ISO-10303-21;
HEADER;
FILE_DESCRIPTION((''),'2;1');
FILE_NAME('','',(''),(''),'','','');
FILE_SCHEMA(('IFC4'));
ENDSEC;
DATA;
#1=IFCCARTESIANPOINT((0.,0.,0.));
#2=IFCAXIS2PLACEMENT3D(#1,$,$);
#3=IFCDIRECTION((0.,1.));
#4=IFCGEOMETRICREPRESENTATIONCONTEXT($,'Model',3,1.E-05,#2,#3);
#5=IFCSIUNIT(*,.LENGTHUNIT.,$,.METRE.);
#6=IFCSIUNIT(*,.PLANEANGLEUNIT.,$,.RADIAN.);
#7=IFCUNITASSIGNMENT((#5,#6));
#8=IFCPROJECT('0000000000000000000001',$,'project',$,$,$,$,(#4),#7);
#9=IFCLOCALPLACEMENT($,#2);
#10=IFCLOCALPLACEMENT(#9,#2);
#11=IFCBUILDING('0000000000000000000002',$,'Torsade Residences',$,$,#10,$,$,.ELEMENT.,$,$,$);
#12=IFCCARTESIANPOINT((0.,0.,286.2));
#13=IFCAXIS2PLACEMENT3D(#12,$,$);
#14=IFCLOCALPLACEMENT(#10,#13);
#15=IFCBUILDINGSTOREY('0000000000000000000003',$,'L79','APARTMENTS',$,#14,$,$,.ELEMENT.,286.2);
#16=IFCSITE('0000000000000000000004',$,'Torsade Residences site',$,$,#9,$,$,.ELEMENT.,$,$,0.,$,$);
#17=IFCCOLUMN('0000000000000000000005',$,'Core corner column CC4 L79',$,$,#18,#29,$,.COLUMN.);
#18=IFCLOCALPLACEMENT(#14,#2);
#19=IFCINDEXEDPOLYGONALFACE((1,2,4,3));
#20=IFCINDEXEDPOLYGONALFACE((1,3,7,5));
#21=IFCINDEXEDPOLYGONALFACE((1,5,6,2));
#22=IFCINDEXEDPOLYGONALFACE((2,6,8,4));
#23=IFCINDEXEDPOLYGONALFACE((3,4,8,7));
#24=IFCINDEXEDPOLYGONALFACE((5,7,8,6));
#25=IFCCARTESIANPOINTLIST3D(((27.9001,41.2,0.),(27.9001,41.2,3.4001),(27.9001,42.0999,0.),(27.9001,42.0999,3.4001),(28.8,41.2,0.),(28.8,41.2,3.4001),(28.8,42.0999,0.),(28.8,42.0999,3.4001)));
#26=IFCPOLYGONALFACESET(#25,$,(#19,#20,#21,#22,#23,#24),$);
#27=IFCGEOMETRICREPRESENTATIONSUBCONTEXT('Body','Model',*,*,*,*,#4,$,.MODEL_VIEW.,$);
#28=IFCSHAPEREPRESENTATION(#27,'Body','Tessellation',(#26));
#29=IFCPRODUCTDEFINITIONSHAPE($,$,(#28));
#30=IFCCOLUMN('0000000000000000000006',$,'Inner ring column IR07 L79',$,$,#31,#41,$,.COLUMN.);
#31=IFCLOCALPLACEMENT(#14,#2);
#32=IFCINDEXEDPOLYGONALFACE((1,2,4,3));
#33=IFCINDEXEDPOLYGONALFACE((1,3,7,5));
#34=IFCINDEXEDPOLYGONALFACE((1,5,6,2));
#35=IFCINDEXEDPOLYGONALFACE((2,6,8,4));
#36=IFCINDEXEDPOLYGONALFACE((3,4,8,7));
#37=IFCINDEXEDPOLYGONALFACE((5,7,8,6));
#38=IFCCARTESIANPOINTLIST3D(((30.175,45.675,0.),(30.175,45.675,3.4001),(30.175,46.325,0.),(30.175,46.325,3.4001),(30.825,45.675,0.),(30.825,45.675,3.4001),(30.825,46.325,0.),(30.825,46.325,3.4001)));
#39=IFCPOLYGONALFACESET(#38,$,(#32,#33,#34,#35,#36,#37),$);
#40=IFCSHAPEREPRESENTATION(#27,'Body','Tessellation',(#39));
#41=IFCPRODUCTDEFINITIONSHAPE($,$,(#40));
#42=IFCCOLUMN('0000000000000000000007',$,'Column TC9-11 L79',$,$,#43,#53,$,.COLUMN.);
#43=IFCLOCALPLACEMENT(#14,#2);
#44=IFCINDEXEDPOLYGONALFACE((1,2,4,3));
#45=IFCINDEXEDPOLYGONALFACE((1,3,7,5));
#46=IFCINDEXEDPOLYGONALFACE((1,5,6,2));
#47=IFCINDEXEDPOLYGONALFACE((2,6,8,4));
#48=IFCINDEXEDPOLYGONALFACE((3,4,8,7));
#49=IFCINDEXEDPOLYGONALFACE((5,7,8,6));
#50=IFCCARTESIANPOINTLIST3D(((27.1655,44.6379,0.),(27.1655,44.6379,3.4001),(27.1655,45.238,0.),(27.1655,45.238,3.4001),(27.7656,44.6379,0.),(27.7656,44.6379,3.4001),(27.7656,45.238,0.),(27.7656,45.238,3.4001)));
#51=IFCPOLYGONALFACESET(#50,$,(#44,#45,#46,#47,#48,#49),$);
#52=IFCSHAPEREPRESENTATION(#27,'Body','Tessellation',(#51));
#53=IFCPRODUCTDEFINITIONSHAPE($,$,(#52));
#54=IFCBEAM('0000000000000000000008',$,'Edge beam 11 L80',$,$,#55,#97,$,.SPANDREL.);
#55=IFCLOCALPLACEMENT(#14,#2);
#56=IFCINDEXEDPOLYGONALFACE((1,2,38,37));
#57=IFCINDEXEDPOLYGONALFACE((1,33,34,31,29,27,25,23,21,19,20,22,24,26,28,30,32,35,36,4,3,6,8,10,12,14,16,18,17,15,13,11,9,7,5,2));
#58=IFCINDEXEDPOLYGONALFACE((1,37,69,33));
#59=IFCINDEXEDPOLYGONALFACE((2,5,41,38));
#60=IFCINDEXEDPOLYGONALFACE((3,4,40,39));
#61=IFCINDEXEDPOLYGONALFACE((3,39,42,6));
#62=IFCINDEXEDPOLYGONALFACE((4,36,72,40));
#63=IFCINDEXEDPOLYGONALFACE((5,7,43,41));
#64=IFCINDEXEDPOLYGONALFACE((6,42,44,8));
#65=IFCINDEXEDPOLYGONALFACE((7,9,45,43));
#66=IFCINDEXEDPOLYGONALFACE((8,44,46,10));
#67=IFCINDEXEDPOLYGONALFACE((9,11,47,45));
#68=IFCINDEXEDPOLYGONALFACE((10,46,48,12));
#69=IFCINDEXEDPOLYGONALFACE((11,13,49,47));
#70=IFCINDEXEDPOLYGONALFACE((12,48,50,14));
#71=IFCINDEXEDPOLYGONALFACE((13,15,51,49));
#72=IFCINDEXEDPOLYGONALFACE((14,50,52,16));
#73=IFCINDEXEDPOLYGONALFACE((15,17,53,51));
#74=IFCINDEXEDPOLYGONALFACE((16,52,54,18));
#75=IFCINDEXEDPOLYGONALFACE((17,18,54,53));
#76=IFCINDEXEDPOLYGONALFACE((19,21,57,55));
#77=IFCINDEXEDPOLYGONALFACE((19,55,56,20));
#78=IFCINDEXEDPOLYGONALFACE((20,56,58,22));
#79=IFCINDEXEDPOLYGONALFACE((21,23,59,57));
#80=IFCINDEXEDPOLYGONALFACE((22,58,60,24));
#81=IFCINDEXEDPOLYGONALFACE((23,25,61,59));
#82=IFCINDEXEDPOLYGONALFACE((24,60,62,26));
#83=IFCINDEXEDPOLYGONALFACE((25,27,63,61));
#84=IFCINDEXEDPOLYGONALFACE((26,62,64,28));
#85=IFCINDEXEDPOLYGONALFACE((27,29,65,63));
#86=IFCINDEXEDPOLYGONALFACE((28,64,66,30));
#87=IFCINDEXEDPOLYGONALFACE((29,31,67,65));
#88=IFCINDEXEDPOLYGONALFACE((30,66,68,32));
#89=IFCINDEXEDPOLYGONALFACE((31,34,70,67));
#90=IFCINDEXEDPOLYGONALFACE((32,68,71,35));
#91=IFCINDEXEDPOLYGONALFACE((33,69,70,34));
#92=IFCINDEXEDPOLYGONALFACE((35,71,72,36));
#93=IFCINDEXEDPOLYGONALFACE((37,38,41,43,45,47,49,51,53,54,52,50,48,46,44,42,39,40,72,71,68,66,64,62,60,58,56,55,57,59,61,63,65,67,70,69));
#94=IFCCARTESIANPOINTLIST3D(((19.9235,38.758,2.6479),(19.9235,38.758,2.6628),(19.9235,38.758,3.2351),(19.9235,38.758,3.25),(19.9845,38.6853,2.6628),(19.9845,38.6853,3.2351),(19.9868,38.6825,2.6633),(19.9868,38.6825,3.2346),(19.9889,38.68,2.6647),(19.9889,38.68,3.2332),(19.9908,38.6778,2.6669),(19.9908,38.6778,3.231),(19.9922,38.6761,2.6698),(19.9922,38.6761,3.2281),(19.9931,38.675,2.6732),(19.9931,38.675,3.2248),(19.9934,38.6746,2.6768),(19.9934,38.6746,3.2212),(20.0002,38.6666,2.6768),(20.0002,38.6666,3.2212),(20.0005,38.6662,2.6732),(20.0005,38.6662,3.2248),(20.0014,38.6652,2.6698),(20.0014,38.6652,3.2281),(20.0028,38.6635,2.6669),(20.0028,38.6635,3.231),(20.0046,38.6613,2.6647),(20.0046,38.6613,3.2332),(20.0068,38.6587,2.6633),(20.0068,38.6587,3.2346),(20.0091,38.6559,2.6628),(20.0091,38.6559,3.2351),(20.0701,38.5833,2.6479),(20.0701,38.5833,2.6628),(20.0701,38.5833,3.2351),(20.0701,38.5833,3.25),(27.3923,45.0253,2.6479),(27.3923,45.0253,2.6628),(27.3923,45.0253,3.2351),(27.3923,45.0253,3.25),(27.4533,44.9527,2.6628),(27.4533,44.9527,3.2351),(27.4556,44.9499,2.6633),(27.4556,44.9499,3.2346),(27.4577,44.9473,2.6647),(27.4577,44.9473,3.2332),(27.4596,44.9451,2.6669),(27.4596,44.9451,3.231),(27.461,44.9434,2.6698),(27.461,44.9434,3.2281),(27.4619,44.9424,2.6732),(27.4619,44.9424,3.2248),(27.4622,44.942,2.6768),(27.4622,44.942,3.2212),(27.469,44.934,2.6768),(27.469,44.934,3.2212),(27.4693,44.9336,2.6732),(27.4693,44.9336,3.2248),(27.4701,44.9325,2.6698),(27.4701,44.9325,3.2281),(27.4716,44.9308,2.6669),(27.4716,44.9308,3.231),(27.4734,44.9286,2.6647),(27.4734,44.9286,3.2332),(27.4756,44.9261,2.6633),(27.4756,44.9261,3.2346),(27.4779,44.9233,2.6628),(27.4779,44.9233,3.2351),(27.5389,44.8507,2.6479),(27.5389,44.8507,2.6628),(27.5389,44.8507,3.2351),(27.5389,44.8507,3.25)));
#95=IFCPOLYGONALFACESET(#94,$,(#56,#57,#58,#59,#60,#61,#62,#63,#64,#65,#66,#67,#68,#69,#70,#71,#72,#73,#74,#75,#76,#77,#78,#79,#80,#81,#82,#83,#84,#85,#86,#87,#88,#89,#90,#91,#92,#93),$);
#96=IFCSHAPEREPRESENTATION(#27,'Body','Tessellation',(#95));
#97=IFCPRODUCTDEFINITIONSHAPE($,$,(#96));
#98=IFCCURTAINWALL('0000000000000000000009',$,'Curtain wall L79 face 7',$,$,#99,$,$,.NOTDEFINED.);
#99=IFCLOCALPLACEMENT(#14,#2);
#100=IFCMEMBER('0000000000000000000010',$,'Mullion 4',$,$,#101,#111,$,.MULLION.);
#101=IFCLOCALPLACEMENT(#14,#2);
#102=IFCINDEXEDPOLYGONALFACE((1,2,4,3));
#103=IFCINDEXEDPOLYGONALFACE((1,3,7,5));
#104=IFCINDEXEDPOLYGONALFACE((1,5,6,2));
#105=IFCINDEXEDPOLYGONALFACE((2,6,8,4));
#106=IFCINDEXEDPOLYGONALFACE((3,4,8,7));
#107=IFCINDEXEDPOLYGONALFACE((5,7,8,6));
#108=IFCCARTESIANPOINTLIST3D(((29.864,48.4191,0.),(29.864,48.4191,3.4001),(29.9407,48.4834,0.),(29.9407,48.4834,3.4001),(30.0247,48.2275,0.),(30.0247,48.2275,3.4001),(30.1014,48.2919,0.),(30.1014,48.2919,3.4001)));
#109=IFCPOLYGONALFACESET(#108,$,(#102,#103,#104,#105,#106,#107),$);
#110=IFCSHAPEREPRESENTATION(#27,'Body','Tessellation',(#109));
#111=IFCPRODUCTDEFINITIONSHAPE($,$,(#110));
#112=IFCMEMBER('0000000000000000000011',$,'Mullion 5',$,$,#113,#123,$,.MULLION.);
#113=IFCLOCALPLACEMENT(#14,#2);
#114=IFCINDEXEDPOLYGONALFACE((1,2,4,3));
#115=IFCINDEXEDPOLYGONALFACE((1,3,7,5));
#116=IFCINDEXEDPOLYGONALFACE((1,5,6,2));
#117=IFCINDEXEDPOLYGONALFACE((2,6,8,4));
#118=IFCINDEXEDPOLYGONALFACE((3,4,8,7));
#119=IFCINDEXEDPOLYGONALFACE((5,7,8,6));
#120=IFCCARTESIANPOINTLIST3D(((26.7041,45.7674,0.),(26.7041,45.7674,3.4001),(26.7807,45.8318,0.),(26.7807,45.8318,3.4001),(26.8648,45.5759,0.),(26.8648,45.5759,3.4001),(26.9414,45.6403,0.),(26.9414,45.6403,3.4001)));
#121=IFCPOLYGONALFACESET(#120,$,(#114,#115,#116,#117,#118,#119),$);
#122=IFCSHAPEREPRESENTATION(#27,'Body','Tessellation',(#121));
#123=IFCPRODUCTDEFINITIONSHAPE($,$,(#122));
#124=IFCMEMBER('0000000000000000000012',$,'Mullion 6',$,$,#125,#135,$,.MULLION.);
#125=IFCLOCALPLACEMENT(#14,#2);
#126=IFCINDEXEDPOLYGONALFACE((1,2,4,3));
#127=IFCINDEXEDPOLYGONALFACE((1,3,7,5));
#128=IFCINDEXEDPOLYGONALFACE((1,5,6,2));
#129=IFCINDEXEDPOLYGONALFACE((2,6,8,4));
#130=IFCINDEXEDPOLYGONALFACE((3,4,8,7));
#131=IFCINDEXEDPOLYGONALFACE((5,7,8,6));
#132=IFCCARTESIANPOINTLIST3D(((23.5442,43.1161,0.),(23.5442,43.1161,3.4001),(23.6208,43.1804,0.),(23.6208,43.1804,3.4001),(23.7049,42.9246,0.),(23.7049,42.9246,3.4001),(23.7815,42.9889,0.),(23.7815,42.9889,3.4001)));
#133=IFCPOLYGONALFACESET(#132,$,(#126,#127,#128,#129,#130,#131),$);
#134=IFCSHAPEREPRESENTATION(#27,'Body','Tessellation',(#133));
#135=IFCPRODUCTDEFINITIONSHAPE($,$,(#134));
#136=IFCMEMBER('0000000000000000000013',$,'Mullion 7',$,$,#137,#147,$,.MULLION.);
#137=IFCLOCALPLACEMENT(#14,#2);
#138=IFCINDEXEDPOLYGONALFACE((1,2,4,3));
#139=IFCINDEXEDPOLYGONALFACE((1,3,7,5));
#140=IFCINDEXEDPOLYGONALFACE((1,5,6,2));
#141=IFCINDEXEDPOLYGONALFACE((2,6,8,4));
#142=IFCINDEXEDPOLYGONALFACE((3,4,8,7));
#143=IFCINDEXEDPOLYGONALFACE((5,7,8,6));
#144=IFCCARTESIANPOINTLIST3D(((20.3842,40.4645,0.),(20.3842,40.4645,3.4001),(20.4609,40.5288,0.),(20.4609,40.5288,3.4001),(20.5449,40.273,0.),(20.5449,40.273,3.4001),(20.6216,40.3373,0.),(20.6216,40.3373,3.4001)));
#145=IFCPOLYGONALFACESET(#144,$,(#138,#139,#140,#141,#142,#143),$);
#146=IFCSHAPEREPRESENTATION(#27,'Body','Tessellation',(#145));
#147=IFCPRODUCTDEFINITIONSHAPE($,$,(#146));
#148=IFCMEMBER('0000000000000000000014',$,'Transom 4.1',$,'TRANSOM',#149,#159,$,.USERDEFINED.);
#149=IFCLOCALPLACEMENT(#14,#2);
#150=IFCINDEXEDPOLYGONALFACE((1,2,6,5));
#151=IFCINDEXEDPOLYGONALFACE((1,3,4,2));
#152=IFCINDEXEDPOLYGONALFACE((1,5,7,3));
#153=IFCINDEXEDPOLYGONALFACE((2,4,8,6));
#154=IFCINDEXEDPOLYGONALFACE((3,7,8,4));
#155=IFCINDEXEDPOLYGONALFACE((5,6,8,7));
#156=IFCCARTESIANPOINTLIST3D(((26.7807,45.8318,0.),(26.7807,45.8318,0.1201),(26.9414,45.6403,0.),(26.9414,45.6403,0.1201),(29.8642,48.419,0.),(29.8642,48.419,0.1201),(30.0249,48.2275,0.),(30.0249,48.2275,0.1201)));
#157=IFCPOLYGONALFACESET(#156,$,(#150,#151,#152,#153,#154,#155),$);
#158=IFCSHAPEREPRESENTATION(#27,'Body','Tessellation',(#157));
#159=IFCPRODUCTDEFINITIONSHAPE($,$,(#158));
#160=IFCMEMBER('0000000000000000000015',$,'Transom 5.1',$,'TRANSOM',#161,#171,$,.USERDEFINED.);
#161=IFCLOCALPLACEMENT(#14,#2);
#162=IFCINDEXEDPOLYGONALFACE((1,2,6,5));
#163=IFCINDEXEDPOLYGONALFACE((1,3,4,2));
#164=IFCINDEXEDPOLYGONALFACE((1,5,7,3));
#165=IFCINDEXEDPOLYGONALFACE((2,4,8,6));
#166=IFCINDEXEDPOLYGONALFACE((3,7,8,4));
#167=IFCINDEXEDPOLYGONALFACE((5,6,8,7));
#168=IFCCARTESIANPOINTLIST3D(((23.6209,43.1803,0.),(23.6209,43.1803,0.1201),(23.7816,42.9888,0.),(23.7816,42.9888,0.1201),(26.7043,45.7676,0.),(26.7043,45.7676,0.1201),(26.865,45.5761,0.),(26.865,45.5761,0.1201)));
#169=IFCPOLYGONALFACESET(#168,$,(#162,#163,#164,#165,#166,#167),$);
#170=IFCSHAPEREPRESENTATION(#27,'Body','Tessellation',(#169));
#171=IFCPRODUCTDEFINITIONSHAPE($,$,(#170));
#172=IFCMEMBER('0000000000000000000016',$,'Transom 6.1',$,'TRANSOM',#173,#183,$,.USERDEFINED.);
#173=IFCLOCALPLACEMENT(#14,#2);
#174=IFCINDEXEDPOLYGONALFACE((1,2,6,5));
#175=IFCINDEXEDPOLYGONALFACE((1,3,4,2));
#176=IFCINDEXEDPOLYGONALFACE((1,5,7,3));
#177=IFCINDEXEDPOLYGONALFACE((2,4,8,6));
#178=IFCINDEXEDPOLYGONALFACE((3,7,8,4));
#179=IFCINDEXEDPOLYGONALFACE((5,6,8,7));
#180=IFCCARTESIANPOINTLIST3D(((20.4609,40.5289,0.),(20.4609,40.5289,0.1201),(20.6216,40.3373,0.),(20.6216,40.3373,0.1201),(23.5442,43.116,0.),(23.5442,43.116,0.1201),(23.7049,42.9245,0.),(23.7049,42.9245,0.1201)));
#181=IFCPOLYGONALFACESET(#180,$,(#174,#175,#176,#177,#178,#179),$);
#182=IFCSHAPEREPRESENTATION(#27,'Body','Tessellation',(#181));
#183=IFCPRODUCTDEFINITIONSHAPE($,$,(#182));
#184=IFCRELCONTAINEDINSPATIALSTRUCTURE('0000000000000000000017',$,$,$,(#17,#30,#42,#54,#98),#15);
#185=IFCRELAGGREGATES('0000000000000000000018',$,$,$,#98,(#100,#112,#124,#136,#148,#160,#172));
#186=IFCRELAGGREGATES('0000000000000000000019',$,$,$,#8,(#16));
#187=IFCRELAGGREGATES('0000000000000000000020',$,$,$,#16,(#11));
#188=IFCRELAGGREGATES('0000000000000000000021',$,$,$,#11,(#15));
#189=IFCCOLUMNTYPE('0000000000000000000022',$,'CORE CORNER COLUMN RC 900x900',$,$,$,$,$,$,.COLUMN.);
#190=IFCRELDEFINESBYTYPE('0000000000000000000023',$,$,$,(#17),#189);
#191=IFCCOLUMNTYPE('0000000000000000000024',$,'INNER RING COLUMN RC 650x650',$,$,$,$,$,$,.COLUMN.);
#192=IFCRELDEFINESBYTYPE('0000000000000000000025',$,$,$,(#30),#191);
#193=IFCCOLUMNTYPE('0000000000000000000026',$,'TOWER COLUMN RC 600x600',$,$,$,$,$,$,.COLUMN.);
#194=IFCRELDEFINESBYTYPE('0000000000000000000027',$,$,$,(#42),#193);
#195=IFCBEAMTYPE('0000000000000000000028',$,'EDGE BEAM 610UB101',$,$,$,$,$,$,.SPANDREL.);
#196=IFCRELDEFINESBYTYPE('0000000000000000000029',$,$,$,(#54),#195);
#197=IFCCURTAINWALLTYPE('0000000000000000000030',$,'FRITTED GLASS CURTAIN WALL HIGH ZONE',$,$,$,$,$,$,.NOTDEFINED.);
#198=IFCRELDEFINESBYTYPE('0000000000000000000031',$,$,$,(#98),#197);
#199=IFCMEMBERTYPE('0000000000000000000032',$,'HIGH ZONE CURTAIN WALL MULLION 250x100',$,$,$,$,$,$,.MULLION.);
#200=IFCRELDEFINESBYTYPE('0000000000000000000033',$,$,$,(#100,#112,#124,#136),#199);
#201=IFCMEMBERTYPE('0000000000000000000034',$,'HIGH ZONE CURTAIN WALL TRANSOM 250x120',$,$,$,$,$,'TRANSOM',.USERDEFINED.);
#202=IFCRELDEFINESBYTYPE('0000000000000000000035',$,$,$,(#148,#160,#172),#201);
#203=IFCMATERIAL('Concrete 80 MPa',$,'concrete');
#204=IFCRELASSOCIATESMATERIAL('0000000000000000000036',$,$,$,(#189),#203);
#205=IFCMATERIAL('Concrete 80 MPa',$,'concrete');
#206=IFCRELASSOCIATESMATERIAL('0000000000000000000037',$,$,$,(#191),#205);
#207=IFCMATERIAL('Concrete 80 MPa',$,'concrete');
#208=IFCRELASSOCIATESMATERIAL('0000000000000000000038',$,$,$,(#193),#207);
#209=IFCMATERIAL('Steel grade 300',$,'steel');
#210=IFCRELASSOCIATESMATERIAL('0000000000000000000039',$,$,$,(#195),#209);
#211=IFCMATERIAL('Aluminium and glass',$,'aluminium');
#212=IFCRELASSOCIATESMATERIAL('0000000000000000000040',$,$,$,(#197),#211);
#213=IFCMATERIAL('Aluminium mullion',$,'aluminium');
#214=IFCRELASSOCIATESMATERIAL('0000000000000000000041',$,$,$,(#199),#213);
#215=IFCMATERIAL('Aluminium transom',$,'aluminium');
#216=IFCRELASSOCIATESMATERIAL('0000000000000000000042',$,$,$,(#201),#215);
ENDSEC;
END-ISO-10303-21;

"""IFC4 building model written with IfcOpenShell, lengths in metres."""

from ifc_helpers import new_model, si_unit, direction, frame, origin, origin_2d, place, context, subcontext, project, spatial, rectangle, i_section, extrude, material, material_profile, profile_set, type_object, element, aggregate, save


model = new_model("IFC4")

# Units and contexts
model_context = context("Model", 3, precision=1e-05, world=origin(), true_north=direction((0.0, 1.0)))
body_context = subcontext(model_context, "Body", "Model", "MODEL_VIEW")
ifc_project = project(units=[si_unit("LENGTHUNIT", "METRE"), si_unit("PLANEANGLEUNIT", "RADIAN")], contexts=[model_context])

# Site, building, storey
site_placement = place(None, origin())
site = spatial("IfcSite", under=ifc_project, at=site_placement, Name="Torsade Residences site", CompositionType="ELEMENT", RefElevation=0.0)
building_placement = place(site_placement, origin())
building = spatial("IfcBuilding", under=site, at=building_placement, Name="Torsade Residences", CompositionType="ELEMENT")
storey_placement = place(building_placement, frame((0.0, 0.0, 286.2)))
storey = spatial("IfcBuildingStorey", under=building, at=storey_placement, Name="L79", Description="APARTMENTS", CompositionType="ELEMENT", Elevation=286.2)

# Columns
ifc_material_1 = material(Name="Concrete 80 MPa", Category="concrete")
ifc_material_profile_1 = material_profile(ifc_material_1, rectangle(XDim=0.8999, YDim=0.8999, at=origin_2d()), Name="RC 900x900")
ifc_profile_set_1 = profile_set([ifc_material_profile_1], Name="Concrete 80 MPa")
column_type_1 = type_object("IfcColumnType", Name="CORE CORNER COLUMN RC 900x900", PredefinedType="COLUMN", material=ifc_profile_set_1)
column_1_placement = place(storey_placement, frame((28.3501, 41.6499, 0.0), z_axis=(0.0, 0.0, 1.0), x_axis=(1.0, 0.0, 0.0)))
element("IfcColumn", 1, at=column_1_placement, inside=storey, type_object=column_type_1, Name="Core corner column CC4 L79", PredefinedType="COLUMN", context=body_context, shape_type="SweptSolid", body=[
    extrude(rectangle(XDim=0.8999, YDim=0.8999, at=origin_2d()), origin(), (0.0, 0.0, 1.0), 3.4001),
])
ifc_material_2 = material(Name="Concrete 80 MPa", Category="concrete")
ifc_material_profile_2 = material_profile(ifc_material_2, rectangle(XDim=0.6499, YDim=0.6499, at=origin_2d()), Name="RC 650x650")
ifc_profile_set_2 = profile_set([ifc_material_profile_2], Name="Concrete 80 MPa")
column_type_2 = type_object("IfcColumnType", Name="INNER RING COLUMN RC 650x650", PredefinedType="COLUMN", material=ifc_profile_set_2)
column_2_placement = place(storey_placement, frame((30.5, 46.0, 0.0), z_axis=(0.0, 0.0, 1.0), x_axis=(1.0, 0.0, 0.0)))
element("IfcColumn", 2, at=column_2_placement, inside=storey, type_object=column_type_2, Name="Inner ring column IR07 L79", PredefinedType="COLUMN", context=body_context, shape_type="SweptSolid", body=[
    extrude(rectangle(XDim=0.6499, YDim=0.6499, at=origin_2d()), origin(), (0.0, 0.0, 1.0), 3.4001),
])
ifc_material_3 = material(Name="Concrete 80 MPa", Category="concrete")
ifc_material_profile_3 = material_profile(ifc_material_3, rectangle(XDim=0.6001, YDim=0.6001, at=origin_2d()), Name="RC 600x600")
ifc_profile_set_3 = profile_set([ifc_material_profile_3], Name="Concrete 80 MPa")
column_type_3 = type_object("IfcColumnType", Name="TOWER COLUMN RC 600x600", PredefinedType="COLUMN", material=ifc_profile_set_3)
column_3_placement = place(storey_placement, frame((27.4656, 44.938, 0.0), z_axis=(0.0, 0.0, 1.0), x_axis=(1.0, 0.0, 0.0)))
element("IfcColumn", 3, at=column_3_placement, inside=storey, type_object=column_type_3, Name="Column TC9-11 L79", PredefinedType="COLUMN", context=body_context, shape_type="SweptSolid", body=[
    extrude(rectangle(XDim=0.6001, YDim=0.6001, at=origin_2d()), origin(), (0.0, 0.0, 1.0), 3.4001),
])

# Beam
ifc_material_4 = material(Name="Steel grade 300", Category="steel")
ifc_material_profile_4 = material_profile(ifc_material_4, i_section(OverallWidth=0.228, OverallDepth=0.6021, WebThickness=0.0105, FlangeThickness=0.0149, FilletRadius=0.0139, at=origin_2d()), Name="610UB101")
ifc_profile_set_4 = profile_set([ifc_material_profile_4], Name="Steel grade 300")
beam_type_1 = type_object("IfcBeamType", Name="EDGE BEAM 610UB101", PredefinedType="SPANDREL", material=ifc_profile_set_4)
beam_1_placement = place(storey_placement, frame((27.4656, 44.938, 2.949), z_axis=(-0.766029, -0.642806, 0.0), x_axis=(0.642806, -0.766029, 0.0)))
element("IfcBeam", 4, at=beam_1_placement, inside=storey, type_object=beam_type_1, Name="Edge beam 11 L80", PredefinedType="SPANDREL", context=body_context, shape_type="SweptSolid", body=[
    extrude(i_section(OverallWidth=0.228, OverallDepth=0.6021, WebThickness=0.0105, FlangeThickness=0.0149, FilletRadius=0.0139, at=origin_2d()), origin(), (0.0, 0.0, 1.0), 9.75),
])

# Curtain wall, members
ifc_material_5 = material(Name="Aluminium and glass", Category="aluminium")
curtain_wall_type = type_object("IfcCurtainWallType", Name="FRITTED GLASS CURTAIN WALL HIGH ZONE", PredefinedType="NOTDEFINED", material=ifc_material_5)
curtain_wall_placement = place(storey_placement, origin())
curtain_wall = element("IfcCurtainWall", 5, at=curtain_wall_placement, inside=storey, type_object=curtain_wall_type, Name="Curtain wall L79 face 7", PredefinedType="NOTDEFINED")
ifc_material_6 = material(Name="Aluminium mullion", Category="aluminium")
ifc_material_profile_5 = material_profile(ifc_material_6, rectangle(XDim=0.25, YDim=0.1001, at=origin_2d()), Name="HIGH ZONE CURTAIN WALL MULLION 250x100")
ifc_profile_set_5 = profile_set([ifc_material_profile_5], Name="Aluminium mullion")
member_type_1 = type_object("IfcMemberType", Name="HIGH ZONE CURTAIN WALL MULLION 250x100", PredefinedType="MULLION", material=ifc_profile_set_5)
member_1_placement = place(storey_placement, frame((29.9827, 48.3555, 0.0), z_axis=(0.0, 0.0, 1.0), x_axis=(0.642788, -0.766044, 0.0)))
member_1 = element("IfcMember", 6, at=member_1_placement, type_object=member_type_1, Name="Mullion 4", PredefinedType="MULLION", context=body_context, shape_type="SweptSolid", body=[
    extrude(rectangle(XDim=0.25, YDim=0.1001, at=origin_2d()), origin(), (0.0, 0.0, 1.0), 3.4001),
])
member_2_placement = place(storey_placement, frame((26.8228, 45.7039, 0.0), z_axis=(0.0, 0.0, 1.0), x_axis=(0.642788, -0.766044, 0.0)))
member_2 = element("IfcMember", 7, at=member_2_placement, type_object=member_type_1, Name="Mullion 5", PredefinedType="MULLION", context=body_context, shape_type="SweptSolid", body=[
    extrude(rectangle(XDim=0.25, YDim=0.1001, at=origin_2d()), origin(), (0.0, 0.0, 1.0), 3.4001),
])
member_3_placement = place(storey_placement, frame((23.6628, 43.0525, 0.0), z_axis=(0.0, 0.0, 1.0), x_axis=(0.642788, -0.766044, 0.0)))
member_3 = element("IfcMember", 8, at=member_3_placement, type_object=member_type_1, Name="Mullion 6", PredefinedType="MULLION", context=body_context, shape_type="SweptSolid", body=[
    extrude(rectangle(XDim=0.25, YDim=0.1001, at=origin_2d()), origin(), (0.0, 0.0, 1.0), 3.4001),
])
member_4_placement = place(storey_placement, frame((20.5029, 40.4009, 0.0), z_axis=(0.0, 0.0, 1.0), x_axis=(0.642788, -0.766044, 0.0)))
member_4 = element("IfcMember", 9, at=member_4_placement, type_object=member_type_1, Name="Mullion 7", PredefinedType="MULLION", context=body_context, shape_type="SweptSolid", body=[
    extrude(rectangle(XDim=0.25, YDim=0.1001, at=origin_2d()), origin(), (0.0, 0.0, 1.0), 3.4001),
])
ifc_material_7 = material(Name="Aluminium transom", Category="aluminium")
ifc_material_profile_6 = material_profile(ifc_material_7, rectangle(XDim=0.25, YDim=0.1201, at=origin_2d()), Name="HIGH ZONE CURTAIN WALL TRANSOM 250x120")
ifc_profile_set_6 = profile_set([ifc_material_profile_6], Name="Aluminium transom")
member_type_2 = type_object("IfcMemberType", Name="HIGH ZONE CURTAIN WALL TRANSOM 250x120", ElementType="TRANSOM", PredefinedType="USERDEFINED", material=ifc_profile_set_6)
member_5_placement = place(storey_placement, frame((29.9446, 48.3232, 0.0601), z_axis=(-0.766069, -0.642758, 0.0), x_axis=(0.642758, -0.766069, 0.0)))
member_5 = element("IfcMember", 10, at=member_5_placement, type_object=member_type_2, Name="Transom 4.1", ObjectType="TRANSOM", PredefinedType="USERDEFINED", context=body_context, shape_type="SweptSolid", body=[
    extrude(rectangle(XDim=0.25, YDim=0.1201, at=origin_2d()), origin(), (0.0, 0.0, 1.0), 4.0251),
])
member_6_placement = place(storey_placement, frame((26.7847, 45.6719, 0.0601), z_axis=(-0.766039, -0.642794, 0.0), x_axis=(0.642794, -0.766039, 0.0)))
member_6 = element("IfcMember", 11, at=member_6_placement, type_object=member_type_2, Name="Transom 5.1", ObjectType="TRANSOM", PredefinedType="USERDEFINED", context=body_context, shape_type="SweptSolid", body=[
    extrude(rectangle(XDim=0.25, YDim=0.1201, at=origin_2d()), origin(), (0.0, 0.0, 1.0), 4.0251),
])
member_7_placement = place(storey_placement, frame((23.6245, 43.0203, 0.0601), z_axis=(-0.766044, -0.642788, 0.0), x_axis=(0.642788, -0.766044, 0.0)))
member_7 = element("IfcMember", 12, at=member_7_placement, type_object=member_type_2, Name="Transom 6.1", ObjectType="TRANSOM", PredefinedType="USERDEFINED", context=body_context, shape_type="SweptSolid", body=[
    extrude(rectangle(XDim=0.25, YDim=0.1201, at=origin_2d()), origin(), (0.0, 0.0, 1.0), 4.0249),
])

aggregate(curtain_wall, [member_1, member_2, member_3, member_4, member_5, member_6, member_7])

save(model, "model.ifc")
